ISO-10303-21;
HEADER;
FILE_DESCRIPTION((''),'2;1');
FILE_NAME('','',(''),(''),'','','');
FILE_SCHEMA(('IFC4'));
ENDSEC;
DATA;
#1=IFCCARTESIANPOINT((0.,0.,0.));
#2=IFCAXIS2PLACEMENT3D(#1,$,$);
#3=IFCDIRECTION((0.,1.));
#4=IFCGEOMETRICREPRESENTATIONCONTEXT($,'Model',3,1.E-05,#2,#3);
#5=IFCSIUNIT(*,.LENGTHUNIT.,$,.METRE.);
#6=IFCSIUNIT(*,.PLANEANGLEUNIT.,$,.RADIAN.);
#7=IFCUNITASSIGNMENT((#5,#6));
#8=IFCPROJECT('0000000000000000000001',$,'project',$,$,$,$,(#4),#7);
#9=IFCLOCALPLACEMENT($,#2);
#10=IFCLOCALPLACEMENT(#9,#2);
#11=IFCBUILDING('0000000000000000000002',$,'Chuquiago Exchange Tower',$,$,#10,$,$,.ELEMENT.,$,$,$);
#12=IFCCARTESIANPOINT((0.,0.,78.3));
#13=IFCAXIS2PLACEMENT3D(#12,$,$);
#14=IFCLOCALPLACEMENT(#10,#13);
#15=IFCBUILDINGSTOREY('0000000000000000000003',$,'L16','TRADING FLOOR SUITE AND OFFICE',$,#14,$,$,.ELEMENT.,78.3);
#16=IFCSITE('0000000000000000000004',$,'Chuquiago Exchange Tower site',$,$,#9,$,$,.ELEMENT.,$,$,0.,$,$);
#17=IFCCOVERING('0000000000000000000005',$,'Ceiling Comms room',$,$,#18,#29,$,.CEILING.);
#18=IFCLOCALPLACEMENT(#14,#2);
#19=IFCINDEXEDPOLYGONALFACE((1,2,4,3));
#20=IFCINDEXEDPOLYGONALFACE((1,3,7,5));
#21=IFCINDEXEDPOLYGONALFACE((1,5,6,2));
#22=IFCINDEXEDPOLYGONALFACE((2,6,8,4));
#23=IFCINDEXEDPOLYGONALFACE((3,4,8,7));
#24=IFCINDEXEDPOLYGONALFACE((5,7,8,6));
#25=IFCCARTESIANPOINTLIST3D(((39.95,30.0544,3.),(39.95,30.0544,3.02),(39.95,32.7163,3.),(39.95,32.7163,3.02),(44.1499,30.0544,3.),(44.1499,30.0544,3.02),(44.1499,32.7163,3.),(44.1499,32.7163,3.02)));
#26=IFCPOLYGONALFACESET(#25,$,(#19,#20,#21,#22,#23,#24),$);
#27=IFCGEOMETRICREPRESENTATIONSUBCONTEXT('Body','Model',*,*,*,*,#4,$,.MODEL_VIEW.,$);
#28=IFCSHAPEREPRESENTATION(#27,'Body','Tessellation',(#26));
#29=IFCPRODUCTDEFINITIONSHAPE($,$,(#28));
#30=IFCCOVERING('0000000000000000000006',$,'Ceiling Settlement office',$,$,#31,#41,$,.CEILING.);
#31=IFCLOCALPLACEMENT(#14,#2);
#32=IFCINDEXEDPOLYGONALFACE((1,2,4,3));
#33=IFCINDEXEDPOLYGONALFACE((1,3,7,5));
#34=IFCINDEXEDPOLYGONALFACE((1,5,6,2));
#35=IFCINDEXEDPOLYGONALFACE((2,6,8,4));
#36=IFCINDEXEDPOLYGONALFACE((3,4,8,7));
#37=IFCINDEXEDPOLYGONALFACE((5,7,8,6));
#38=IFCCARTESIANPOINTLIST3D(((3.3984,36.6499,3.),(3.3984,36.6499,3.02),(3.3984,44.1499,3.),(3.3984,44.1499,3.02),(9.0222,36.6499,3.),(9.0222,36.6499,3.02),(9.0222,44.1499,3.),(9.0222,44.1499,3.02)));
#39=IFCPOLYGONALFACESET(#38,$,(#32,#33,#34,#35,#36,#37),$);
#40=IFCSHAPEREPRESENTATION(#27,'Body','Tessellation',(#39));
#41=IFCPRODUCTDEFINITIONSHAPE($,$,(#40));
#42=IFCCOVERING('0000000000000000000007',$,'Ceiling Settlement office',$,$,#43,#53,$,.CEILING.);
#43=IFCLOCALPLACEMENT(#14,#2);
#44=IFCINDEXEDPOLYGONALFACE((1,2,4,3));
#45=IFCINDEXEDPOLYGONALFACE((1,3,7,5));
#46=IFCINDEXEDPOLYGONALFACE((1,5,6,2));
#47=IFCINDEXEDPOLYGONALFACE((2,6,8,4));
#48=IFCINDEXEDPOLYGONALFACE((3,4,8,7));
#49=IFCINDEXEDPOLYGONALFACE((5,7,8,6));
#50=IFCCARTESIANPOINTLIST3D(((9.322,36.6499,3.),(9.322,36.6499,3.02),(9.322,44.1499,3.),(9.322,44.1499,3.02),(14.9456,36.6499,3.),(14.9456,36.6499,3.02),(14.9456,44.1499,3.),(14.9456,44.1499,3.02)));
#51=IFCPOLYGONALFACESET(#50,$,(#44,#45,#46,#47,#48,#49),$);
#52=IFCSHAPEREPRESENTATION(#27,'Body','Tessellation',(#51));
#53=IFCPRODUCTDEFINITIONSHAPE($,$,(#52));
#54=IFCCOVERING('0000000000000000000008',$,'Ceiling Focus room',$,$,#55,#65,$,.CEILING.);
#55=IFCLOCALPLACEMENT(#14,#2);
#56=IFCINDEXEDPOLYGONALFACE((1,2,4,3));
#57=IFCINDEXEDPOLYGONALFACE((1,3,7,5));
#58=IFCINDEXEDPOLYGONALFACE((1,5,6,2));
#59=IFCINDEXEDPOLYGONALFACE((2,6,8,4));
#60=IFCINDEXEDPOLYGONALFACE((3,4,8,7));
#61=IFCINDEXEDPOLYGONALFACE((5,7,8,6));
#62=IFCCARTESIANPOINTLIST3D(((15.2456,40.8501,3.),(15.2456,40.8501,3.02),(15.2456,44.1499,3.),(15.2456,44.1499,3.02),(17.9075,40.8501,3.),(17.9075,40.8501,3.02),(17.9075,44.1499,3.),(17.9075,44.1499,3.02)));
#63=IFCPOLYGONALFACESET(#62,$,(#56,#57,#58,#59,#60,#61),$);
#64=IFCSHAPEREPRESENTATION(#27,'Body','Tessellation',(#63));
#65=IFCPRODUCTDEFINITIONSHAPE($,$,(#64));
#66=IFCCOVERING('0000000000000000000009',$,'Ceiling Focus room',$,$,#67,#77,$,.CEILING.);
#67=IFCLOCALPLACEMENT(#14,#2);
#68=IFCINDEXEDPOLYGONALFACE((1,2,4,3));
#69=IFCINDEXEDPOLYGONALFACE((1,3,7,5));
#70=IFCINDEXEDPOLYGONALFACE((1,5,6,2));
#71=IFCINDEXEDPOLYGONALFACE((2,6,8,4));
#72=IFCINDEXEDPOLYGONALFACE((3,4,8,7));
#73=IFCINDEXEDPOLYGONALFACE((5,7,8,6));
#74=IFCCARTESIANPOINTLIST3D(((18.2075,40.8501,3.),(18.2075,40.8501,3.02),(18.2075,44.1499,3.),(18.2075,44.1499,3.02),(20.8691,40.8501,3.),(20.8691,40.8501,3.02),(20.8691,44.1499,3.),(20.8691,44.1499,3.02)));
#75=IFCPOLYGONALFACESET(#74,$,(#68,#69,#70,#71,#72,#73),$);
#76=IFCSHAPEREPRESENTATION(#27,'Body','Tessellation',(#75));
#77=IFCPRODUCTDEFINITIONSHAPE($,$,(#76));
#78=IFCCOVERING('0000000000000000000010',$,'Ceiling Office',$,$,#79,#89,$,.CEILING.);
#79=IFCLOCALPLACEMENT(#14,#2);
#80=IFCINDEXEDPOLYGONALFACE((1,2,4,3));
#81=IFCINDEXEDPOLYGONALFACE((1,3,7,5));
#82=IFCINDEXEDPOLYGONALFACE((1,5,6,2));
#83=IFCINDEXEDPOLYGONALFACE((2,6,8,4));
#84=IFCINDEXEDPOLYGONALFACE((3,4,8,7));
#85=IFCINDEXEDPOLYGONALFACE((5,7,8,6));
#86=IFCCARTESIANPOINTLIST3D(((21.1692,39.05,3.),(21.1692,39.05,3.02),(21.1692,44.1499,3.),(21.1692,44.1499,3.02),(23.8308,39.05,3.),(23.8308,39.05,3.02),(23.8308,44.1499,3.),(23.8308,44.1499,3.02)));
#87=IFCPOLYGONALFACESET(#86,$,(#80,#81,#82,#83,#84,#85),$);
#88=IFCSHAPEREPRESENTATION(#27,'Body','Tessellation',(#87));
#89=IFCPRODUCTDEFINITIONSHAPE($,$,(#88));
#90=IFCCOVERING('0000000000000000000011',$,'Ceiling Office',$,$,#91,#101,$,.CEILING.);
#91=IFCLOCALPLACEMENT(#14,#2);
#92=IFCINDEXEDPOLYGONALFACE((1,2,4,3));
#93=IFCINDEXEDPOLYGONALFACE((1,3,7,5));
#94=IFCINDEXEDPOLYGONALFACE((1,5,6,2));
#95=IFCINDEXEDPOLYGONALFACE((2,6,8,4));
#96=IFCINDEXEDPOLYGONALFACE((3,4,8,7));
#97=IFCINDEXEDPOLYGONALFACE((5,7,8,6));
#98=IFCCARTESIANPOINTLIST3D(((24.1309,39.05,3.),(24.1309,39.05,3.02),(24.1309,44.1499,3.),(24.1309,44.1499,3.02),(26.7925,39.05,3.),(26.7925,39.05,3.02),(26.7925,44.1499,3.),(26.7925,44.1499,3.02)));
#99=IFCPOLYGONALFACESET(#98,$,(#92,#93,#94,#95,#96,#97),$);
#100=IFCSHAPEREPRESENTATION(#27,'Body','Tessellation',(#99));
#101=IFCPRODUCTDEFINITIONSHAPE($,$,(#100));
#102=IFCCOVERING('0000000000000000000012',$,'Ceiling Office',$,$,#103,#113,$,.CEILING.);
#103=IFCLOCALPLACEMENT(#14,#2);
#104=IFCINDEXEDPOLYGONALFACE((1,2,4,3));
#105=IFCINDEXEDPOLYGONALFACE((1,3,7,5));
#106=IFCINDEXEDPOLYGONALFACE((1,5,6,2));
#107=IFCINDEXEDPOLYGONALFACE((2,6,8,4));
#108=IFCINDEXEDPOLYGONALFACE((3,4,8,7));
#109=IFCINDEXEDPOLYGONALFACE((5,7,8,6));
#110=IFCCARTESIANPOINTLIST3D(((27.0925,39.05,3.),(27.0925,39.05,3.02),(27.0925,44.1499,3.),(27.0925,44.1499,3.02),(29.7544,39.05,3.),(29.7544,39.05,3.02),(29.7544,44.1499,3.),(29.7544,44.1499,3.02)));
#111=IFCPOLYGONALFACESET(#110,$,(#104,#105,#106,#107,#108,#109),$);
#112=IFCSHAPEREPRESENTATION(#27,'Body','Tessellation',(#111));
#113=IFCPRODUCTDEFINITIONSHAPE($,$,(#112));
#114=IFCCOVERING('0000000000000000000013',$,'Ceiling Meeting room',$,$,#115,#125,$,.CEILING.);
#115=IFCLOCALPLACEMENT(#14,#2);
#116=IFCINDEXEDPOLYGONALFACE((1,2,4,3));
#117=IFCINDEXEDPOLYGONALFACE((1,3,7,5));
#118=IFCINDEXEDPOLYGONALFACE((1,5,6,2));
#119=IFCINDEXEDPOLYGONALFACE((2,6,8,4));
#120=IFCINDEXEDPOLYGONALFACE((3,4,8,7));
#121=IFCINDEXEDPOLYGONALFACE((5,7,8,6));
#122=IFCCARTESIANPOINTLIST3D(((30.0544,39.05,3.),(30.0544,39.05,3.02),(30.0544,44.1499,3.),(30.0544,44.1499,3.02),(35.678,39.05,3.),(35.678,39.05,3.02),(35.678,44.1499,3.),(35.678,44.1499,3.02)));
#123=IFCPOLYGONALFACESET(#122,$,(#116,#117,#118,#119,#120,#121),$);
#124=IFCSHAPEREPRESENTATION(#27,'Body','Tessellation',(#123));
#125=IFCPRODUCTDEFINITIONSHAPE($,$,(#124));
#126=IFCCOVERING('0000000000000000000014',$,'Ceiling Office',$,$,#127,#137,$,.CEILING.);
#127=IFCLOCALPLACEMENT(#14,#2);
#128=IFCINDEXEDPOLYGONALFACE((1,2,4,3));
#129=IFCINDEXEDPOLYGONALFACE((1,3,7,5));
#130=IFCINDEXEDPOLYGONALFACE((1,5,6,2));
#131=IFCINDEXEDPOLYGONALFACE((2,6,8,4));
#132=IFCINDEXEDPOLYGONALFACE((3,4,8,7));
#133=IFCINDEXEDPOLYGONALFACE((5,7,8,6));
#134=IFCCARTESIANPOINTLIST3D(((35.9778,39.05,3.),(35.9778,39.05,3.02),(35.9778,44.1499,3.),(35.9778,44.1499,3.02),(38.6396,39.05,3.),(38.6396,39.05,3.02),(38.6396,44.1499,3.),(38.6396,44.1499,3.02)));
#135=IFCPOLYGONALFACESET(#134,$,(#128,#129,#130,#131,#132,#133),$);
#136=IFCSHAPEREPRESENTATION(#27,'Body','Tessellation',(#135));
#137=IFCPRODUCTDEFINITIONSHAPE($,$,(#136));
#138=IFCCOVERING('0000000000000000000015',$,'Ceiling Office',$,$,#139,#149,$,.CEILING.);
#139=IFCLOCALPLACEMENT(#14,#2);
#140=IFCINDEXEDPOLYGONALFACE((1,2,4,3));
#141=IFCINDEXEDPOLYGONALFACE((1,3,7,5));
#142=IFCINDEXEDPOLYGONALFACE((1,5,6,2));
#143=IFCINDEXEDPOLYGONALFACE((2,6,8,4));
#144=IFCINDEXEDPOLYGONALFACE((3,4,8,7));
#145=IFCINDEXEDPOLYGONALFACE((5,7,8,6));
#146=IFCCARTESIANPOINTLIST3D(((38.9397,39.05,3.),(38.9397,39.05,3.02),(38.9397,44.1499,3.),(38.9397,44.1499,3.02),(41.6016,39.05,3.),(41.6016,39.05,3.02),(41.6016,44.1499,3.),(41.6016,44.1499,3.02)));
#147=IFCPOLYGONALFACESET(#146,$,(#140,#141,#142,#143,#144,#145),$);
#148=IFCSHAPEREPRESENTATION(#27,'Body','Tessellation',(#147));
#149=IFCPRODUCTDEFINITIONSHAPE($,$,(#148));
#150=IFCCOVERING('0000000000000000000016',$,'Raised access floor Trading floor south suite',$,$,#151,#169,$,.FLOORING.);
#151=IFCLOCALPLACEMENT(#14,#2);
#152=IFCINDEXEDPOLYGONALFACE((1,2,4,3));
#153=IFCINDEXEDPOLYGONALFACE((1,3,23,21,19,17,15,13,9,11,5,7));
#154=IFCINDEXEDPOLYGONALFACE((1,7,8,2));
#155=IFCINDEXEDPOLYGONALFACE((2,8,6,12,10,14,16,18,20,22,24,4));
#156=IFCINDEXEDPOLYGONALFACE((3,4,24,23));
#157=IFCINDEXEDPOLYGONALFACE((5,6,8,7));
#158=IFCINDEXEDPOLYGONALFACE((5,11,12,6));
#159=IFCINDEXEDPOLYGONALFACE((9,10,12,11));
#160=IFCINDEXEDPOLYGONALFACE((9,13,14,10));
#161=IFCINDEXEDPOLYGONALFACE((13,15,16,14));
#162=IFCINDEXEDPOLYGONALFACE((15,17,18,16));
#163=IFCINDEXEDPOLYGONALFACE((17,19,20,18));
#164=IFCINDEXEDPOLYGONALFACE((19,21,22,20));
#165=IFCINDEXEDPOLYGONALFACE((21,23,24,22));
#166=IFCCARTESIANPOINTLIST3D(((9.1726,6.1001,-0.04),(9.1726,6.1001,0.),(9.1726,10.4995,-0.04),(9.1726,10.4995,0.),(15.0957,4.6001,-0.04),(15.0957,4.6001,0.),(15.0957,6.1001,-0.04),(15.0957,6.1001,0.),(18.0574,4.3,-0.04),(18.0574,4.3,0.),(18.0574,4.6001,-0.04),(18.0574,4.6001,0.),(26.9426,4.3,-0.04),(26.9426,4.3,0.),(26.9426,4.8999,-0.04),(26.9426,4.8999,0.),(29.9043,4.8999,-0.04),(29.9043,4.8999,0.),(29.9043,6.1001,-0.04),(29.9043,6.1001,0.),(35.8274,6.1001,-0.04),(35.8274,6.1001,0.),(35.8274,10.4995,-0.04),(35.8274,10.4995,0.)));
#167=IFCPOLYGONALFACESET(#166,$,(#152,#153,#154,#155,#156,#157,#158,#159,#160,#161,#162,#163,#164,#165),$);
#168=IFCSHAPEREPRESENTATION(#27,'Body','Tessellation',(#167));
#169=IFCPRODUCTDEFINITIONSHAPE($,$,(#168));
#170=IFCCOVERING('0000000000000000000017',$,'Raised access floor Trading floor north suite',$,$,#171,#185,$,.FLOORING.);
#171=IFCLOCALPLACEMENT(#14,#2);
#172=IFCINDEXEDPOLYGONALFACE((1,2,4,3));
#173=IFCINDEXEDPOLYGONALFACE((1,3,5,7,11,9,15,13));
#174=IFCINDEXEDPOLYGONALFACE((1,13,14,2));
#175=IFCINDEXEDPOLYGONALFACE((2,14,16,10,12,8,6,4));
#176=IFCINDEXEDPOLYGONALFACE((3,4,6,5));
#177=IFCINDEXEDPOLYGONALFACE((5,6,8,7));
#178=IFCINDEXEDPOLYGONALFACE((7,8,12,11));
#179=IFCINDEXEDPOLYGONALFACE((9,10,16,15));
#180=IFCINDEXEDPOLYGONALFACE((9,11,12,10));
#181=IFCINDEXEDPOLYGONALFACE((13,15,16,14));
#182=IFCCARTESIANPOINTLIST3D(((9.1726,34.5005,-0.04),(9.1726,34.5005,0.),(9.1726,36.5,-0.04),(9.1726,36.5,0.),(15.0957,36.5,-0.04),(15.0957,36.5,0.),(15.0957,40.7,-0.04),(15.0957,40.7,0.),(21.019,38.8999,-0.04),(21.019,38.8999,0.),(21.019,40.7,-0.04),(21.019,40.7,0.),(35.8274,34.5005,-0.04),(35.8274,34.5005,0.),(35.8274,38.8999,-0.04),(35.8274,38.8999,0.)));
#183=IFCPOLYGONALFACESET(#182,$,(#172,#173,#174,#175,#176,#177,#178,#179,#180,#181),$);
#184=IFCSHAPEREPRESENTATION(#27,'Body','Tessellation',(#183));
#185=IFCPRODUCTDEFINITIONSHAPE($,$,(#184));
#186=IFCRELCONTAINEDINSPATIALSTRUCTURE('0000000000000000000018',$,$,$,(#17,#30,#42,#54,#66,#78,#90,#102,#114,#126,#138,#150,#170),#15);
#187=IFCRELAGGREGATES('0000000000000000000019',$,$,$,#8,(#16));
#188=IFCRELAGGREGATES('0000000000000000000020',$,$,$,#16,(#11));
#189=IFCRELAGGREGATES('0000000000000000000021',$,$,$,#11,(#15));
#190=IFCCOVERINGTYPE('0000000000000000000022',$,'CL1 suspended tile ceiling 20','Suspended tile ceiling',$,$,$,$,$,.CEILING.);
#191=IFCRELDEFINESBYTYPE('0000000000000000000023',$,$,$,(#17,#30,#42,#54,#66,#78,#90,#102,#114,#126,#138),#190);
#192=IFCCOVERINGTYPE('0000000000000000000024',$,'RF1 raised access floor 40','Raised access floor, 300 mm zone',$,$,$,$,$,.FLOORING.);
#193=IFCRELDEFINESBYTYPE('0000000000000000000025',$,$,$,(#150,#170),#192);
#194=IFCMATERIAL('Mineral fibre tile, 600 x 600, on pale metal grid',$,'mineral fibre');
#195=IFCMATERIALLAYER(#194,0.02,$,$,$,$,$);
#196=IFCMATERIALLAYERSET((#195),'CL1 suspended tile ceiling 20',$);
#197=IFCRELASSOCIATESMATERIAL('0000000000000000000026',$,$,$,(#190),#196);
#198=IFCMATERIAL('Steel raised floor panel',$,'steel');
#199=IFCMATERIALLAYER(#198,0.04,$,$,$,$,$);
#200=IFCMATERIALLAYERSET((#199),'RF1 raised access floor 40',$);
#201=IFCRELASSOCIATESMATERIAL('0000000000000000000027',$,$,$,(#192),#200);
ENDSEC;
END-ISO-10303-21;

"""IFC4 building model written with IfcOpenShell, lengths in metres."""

from ifc_helpers import new_model, si_unit, direction, frame, origin, place, context, subcontext, project, spatial, polyline, outline, extrude, material, layer, layer_set, type_object, element, save


model = new_model("IFC4")

# Units and contexts
model_context = context("Model", 3, precision=1e-05, world=origin(), true_north=direction((0.0, 1.0)))
body_context = subcontext(model_context, "Body", "Model", "MODEL_VIEW")
ifc_project = project(units=[si_unit("LENGTHUNIT", "METRE"), si_unit("PLANEANGLEUNIT", "RADIAN")], contexts=[model_context])

# Site, building, storey
site_placement = place(None, origin())
site = spatial("IfcSite", under=ifc_project, at=site_placement, Name="Chuquiago Exchange Tower site", CompositionType="ELEMENT", RefElevation=0.0)
building_placement = place(site_placement, origin())
building = spatial("IfcBuilding", under=site, at=building_placement, Name="Chuquiago Exchange Tower", CompositionType="ELEMENT")
storey_placement = place(building_placement, frame((0.0, 0.0, 78.3)))
storey = spatial("IfcBuildingStorey", under=building, at=storey_placement, Name="L16", Description="TRADING FLOOR SUITE AND OFFICE", CompositionType="ELEMENT", Elevation=78.3)

# Coverings
ifc_material_1 = material(Name="Mineral fibre tile, 600 x 600, on pale metal grid", Category="mineral fibre")
ifc_layer_1 = layer(ifc_material_1, 0.02)
ifc_layer_set_1 = layer_set([ifc_layer_1], Name="CL1 suspended tile ceiling 20")
covering_type_1 = type_object("IfcCoveringType", Name="CL1 suspended tile ceiling 20", Description="Suspended tile ceiling", PredefinedType="CEILING", material=ifc_layer_set_1)
covering_1_placement = place(storey_placement, frame((0.0, 0.0, 3.0)))
element("IfcCovering", 1, at=covering_1_placement, inside=storey, type_object=covering_type_1, Name="Ceiling Comms room", PredefinedType="CEILING", context=body_context, shape_type="SweptSolid", body=[
    extrude(outline(polyline([(39.95, 30.0544), (39.95, 32.7163), (44.1499, 32.7163), (44.1499, 30.0544), (39.95, 30.0544)])), origin(), (0.0, 0.0, 1.0), 0.02),
])
covering_2_placement = place(storey_placement, frame((0.0, 0.0, 3.0)))
element("IfcCovering", 2, at=covering_2_placement, inside=storey, type_object=covering_type_1, Name="Ceiling Settlement office", PredefinedType="CEILING", context=body_context, shape_type="SweptSolid", body=[
    extrude(outline(polyline([(9.0222, 44.1499), (9.0222, 36.6499), (3.3984, 36.6499), (3.3984, 44.1499), (9.0222, 44.1499)])), origin(), (0.0, 0.0, 1.0), 0.02),
])
covering_3_placement = place(storey_placement, frame((0.0, 0.0, 3.0)))
element("IfcCovering", 3, at=covering_3_placement, inside=storey, type_object=covering_type_1, Name="Ceiling Settlement office", PredefinedType="CEILING", context=body_context, shape_type="SweptSolid", body=[
    extrude(outline(polyline([(14.9456, 36.6499), (9.322, 36.6499), (9.322, 44.1499), (14.9456, 44.1499), (14.9456, 36.6499)])), origin(), (0.0, 0.0, 1.0), 0.02),
])
covering_4_placement = place(storey_placement, frame((0.0, 0.0, 3.0)))
element("IfcCovering", 4, at=covering_4_placement, inside=storey, type_object=covering_type_1, Name="Ceiling Focus room", PredefinedType="CEILING", context=body_context, shape_type="SweptSolid", body=[
    extrude(outline(polyline([(17.9075, 40.8501), (15.2456, 40.8501), (15.2456, 44.1499), (17.9075, 44.1499), (17.9075, 40.8501)])), origin(), (0.0, 0.0, 1.0), 0.02),
])
covering_5_placement = place(storey_placement, frame((0.0, 0.0, 3.0)))
element("IfcCovering", 5, at=covering_5_placement, inside=storey, type_object=covering_type_1, Name="Ceiling Focus room", PredefinedType="CEILING", context=body_context, shape_type="SweptSolid", body=[
    extrude(outline(polyline([(20.8691, 40.8501), (18.2075, 40.8501), (18.2075, 44.1499), (20.8691, 44.1499), (20.8691, 40.8501)])), origin(), (0.0, 0.0, 1.0), 0.02),
])
covering_6_placement = place(storey_placement, frame((0.0, 0.0, 3.0)))
element("IfcCovering", 6, at=covering_6_placement, inside=storey, type_object=covering_type_1, Name="Ceiling Office", PredefinedType="CEILING", context=body_context, shape_type="SweptSolid", body=[
    extrude(outline(polyline([(23.8308, 39.05), (21.1692, 39.05), (21.1692, 44.1499), (23.8308, 44.1499), (23.8308, 39.05)])), origin(), (0.0, 0.0, 1.0), 0.02),
])
covering_7_placement = place(storey_placement, frame((0.0, 0.0, 3.0)))
element("IfcCovering", 7, at=covering_7_placement, inside=storey, type_object=covering_type_1, Name="Ceiling Office", PredefinedType="CEILING", context=body_context, shape_type="SweptSolid", body=[
    extrude(outline(polyline([(26.7925, 39.05), (24.1309, 39.05), (24.1309, 44.1499), (26.7925, 44.1499), (26.7925, 39.05)])), origin(), (0.0, 0.0, 1.0), 0.02),
])
covering_8_placement = place(storey_placement, frame((0.0, 0.0, 3.0)))
element("IfcCovering", 8, at=covering_8_placement, inside=storey, type_object=covering_type_1, Name="Ceiling Office", PredefinedType="CEILING", context=body_context, shape_type="SweptSolid", body=[
    extrude(outline(polyline([(29.7544, 39.05), (27.0925, 39.05), (27.0925, 44.1499), (29.7544, 44.1499), (29.7544, 39.05)])), origin(), (0.0, 0.0, 1.0), 0.02),
])
covering_9_placement = place(storey_placement, frame((0.0, 0.0, 3.0)))
element("IfcCovering", 9, at=covering_9_placement, inside=storey, type_object=covering_type_1, Name="Ceiling Meeting room", PredefinedType="CEILING", context=body_context, shape_type="SweptSolid", body=[
    extrude(outline(polyline([(35.678, 39.05), (30.0544, 39.05), (30.0544, 44.1499), (35.678, 44.1499), (35.678, 39.05)])), origin(), (0.0, 0.0, 1.0), 0.02),
])
covering_10_placement = place(storey_placement, frame((0.0, 0.0, 3.0)))
element("IfcCovering", 10, at=covering_10_placement, inside=storey, type_object=covering_type_1, Name="Ceiling Office", PredefinedType="CEILING", context=body_context, shape_type="SweptSolid", body=[
    extrude(outline(polyline([(38.6396, 39.05), (35.9778, 39.05), (35.9778, 44.1499), (38.6396, 44.1499), (38.6396, 39.05)])), origin(), (0.0, 0.0, 1.0), 0.02),
])
covering_11_placement = place(storey_placement, frame((0.0, 0.0, 3.0)))
element("IfcCovering", 11, at=covering_11_placement, inside=storey, type_object=covering_type_1, Name="Ceiling Office", PredefinedType="CEILING", context=body_context, shape_type="SweptSolid", body=[
    extrude(outline(polyline([(41.6016, 39.05), (38.9397, 39.05), (38.9397, 44.1499), (41.6016, 44.1499), (41.6016, 39.05)])), origin(), (0.0, 0.0, 1.0), 0.02),
])
ifc_material_2 = material(Name="Steel raised floor panel", Category="steel")
ifc_layer_2 = layer(ifc_material_2, 0.04)
ifc_layer_set_2 = layer_set([ifc_layer_2], Name="RF1 raised access floor 40")
covering_type_2 = type_object("IfcCoveringType", Name="RF1 raised access floor 40", Description="Raised access floor, 300 mm zone", PredefinedType="FLOORING", material=ifc_layer_set_2)
covering_12_placement = place(storey_placement, frame((0.0, 0.0, -0.04)))
element("IfcCovering", 12, at=covering_12_placement, inside=storey, type_object=covering_type_2, Name="Raised access floor Trading floor south suite", PredefinedType="FLOORING", context=body_context, shape_type="SweptSolid", body=[
    extrude(outline(polyline([(35.8274, 6.1001), (29.9043, 6.1001), (29.9043, 4.8999), (26.9426, 4.8999), (26.9426, 4.3), (18.0574, 4.3), (18.0574, 4.6001), (15.0957, 4.6001), (15.0957, 6.1001), (9.1726, 6.1001), (9.1726, 10.4995), (35.8274, 10.4995), (35.8274, 6.1001)])), origin(), (0.0, 0.0, 1.0), 0.04),
])
covering_13_placement = place(storey_placement, frame((0.0, 0.0, -0.04)))
element("IfcCovering", 13, at=covering_13_placement, inside=storey, type_object=covering_type_2, Name="Raised access floor Trading floor north suite", PredefinedType="FLOORING", context=body_context, shape_type="SweptSolid", body=[
    extrude(outline(polyline([(15.0957, 36.5), (15.0957, 40.7), (21.019, 40.7), (21.019, 38.8999), (35.8274, 38.8999), (35.8274, 34.5005), (9.1726, 34.5005), (9.1726, 36.5), (15.0957, 36.5)])), origin(), (0.0, 0.0, 1.0), 0.04),
])

save(model, "model.ifc")
